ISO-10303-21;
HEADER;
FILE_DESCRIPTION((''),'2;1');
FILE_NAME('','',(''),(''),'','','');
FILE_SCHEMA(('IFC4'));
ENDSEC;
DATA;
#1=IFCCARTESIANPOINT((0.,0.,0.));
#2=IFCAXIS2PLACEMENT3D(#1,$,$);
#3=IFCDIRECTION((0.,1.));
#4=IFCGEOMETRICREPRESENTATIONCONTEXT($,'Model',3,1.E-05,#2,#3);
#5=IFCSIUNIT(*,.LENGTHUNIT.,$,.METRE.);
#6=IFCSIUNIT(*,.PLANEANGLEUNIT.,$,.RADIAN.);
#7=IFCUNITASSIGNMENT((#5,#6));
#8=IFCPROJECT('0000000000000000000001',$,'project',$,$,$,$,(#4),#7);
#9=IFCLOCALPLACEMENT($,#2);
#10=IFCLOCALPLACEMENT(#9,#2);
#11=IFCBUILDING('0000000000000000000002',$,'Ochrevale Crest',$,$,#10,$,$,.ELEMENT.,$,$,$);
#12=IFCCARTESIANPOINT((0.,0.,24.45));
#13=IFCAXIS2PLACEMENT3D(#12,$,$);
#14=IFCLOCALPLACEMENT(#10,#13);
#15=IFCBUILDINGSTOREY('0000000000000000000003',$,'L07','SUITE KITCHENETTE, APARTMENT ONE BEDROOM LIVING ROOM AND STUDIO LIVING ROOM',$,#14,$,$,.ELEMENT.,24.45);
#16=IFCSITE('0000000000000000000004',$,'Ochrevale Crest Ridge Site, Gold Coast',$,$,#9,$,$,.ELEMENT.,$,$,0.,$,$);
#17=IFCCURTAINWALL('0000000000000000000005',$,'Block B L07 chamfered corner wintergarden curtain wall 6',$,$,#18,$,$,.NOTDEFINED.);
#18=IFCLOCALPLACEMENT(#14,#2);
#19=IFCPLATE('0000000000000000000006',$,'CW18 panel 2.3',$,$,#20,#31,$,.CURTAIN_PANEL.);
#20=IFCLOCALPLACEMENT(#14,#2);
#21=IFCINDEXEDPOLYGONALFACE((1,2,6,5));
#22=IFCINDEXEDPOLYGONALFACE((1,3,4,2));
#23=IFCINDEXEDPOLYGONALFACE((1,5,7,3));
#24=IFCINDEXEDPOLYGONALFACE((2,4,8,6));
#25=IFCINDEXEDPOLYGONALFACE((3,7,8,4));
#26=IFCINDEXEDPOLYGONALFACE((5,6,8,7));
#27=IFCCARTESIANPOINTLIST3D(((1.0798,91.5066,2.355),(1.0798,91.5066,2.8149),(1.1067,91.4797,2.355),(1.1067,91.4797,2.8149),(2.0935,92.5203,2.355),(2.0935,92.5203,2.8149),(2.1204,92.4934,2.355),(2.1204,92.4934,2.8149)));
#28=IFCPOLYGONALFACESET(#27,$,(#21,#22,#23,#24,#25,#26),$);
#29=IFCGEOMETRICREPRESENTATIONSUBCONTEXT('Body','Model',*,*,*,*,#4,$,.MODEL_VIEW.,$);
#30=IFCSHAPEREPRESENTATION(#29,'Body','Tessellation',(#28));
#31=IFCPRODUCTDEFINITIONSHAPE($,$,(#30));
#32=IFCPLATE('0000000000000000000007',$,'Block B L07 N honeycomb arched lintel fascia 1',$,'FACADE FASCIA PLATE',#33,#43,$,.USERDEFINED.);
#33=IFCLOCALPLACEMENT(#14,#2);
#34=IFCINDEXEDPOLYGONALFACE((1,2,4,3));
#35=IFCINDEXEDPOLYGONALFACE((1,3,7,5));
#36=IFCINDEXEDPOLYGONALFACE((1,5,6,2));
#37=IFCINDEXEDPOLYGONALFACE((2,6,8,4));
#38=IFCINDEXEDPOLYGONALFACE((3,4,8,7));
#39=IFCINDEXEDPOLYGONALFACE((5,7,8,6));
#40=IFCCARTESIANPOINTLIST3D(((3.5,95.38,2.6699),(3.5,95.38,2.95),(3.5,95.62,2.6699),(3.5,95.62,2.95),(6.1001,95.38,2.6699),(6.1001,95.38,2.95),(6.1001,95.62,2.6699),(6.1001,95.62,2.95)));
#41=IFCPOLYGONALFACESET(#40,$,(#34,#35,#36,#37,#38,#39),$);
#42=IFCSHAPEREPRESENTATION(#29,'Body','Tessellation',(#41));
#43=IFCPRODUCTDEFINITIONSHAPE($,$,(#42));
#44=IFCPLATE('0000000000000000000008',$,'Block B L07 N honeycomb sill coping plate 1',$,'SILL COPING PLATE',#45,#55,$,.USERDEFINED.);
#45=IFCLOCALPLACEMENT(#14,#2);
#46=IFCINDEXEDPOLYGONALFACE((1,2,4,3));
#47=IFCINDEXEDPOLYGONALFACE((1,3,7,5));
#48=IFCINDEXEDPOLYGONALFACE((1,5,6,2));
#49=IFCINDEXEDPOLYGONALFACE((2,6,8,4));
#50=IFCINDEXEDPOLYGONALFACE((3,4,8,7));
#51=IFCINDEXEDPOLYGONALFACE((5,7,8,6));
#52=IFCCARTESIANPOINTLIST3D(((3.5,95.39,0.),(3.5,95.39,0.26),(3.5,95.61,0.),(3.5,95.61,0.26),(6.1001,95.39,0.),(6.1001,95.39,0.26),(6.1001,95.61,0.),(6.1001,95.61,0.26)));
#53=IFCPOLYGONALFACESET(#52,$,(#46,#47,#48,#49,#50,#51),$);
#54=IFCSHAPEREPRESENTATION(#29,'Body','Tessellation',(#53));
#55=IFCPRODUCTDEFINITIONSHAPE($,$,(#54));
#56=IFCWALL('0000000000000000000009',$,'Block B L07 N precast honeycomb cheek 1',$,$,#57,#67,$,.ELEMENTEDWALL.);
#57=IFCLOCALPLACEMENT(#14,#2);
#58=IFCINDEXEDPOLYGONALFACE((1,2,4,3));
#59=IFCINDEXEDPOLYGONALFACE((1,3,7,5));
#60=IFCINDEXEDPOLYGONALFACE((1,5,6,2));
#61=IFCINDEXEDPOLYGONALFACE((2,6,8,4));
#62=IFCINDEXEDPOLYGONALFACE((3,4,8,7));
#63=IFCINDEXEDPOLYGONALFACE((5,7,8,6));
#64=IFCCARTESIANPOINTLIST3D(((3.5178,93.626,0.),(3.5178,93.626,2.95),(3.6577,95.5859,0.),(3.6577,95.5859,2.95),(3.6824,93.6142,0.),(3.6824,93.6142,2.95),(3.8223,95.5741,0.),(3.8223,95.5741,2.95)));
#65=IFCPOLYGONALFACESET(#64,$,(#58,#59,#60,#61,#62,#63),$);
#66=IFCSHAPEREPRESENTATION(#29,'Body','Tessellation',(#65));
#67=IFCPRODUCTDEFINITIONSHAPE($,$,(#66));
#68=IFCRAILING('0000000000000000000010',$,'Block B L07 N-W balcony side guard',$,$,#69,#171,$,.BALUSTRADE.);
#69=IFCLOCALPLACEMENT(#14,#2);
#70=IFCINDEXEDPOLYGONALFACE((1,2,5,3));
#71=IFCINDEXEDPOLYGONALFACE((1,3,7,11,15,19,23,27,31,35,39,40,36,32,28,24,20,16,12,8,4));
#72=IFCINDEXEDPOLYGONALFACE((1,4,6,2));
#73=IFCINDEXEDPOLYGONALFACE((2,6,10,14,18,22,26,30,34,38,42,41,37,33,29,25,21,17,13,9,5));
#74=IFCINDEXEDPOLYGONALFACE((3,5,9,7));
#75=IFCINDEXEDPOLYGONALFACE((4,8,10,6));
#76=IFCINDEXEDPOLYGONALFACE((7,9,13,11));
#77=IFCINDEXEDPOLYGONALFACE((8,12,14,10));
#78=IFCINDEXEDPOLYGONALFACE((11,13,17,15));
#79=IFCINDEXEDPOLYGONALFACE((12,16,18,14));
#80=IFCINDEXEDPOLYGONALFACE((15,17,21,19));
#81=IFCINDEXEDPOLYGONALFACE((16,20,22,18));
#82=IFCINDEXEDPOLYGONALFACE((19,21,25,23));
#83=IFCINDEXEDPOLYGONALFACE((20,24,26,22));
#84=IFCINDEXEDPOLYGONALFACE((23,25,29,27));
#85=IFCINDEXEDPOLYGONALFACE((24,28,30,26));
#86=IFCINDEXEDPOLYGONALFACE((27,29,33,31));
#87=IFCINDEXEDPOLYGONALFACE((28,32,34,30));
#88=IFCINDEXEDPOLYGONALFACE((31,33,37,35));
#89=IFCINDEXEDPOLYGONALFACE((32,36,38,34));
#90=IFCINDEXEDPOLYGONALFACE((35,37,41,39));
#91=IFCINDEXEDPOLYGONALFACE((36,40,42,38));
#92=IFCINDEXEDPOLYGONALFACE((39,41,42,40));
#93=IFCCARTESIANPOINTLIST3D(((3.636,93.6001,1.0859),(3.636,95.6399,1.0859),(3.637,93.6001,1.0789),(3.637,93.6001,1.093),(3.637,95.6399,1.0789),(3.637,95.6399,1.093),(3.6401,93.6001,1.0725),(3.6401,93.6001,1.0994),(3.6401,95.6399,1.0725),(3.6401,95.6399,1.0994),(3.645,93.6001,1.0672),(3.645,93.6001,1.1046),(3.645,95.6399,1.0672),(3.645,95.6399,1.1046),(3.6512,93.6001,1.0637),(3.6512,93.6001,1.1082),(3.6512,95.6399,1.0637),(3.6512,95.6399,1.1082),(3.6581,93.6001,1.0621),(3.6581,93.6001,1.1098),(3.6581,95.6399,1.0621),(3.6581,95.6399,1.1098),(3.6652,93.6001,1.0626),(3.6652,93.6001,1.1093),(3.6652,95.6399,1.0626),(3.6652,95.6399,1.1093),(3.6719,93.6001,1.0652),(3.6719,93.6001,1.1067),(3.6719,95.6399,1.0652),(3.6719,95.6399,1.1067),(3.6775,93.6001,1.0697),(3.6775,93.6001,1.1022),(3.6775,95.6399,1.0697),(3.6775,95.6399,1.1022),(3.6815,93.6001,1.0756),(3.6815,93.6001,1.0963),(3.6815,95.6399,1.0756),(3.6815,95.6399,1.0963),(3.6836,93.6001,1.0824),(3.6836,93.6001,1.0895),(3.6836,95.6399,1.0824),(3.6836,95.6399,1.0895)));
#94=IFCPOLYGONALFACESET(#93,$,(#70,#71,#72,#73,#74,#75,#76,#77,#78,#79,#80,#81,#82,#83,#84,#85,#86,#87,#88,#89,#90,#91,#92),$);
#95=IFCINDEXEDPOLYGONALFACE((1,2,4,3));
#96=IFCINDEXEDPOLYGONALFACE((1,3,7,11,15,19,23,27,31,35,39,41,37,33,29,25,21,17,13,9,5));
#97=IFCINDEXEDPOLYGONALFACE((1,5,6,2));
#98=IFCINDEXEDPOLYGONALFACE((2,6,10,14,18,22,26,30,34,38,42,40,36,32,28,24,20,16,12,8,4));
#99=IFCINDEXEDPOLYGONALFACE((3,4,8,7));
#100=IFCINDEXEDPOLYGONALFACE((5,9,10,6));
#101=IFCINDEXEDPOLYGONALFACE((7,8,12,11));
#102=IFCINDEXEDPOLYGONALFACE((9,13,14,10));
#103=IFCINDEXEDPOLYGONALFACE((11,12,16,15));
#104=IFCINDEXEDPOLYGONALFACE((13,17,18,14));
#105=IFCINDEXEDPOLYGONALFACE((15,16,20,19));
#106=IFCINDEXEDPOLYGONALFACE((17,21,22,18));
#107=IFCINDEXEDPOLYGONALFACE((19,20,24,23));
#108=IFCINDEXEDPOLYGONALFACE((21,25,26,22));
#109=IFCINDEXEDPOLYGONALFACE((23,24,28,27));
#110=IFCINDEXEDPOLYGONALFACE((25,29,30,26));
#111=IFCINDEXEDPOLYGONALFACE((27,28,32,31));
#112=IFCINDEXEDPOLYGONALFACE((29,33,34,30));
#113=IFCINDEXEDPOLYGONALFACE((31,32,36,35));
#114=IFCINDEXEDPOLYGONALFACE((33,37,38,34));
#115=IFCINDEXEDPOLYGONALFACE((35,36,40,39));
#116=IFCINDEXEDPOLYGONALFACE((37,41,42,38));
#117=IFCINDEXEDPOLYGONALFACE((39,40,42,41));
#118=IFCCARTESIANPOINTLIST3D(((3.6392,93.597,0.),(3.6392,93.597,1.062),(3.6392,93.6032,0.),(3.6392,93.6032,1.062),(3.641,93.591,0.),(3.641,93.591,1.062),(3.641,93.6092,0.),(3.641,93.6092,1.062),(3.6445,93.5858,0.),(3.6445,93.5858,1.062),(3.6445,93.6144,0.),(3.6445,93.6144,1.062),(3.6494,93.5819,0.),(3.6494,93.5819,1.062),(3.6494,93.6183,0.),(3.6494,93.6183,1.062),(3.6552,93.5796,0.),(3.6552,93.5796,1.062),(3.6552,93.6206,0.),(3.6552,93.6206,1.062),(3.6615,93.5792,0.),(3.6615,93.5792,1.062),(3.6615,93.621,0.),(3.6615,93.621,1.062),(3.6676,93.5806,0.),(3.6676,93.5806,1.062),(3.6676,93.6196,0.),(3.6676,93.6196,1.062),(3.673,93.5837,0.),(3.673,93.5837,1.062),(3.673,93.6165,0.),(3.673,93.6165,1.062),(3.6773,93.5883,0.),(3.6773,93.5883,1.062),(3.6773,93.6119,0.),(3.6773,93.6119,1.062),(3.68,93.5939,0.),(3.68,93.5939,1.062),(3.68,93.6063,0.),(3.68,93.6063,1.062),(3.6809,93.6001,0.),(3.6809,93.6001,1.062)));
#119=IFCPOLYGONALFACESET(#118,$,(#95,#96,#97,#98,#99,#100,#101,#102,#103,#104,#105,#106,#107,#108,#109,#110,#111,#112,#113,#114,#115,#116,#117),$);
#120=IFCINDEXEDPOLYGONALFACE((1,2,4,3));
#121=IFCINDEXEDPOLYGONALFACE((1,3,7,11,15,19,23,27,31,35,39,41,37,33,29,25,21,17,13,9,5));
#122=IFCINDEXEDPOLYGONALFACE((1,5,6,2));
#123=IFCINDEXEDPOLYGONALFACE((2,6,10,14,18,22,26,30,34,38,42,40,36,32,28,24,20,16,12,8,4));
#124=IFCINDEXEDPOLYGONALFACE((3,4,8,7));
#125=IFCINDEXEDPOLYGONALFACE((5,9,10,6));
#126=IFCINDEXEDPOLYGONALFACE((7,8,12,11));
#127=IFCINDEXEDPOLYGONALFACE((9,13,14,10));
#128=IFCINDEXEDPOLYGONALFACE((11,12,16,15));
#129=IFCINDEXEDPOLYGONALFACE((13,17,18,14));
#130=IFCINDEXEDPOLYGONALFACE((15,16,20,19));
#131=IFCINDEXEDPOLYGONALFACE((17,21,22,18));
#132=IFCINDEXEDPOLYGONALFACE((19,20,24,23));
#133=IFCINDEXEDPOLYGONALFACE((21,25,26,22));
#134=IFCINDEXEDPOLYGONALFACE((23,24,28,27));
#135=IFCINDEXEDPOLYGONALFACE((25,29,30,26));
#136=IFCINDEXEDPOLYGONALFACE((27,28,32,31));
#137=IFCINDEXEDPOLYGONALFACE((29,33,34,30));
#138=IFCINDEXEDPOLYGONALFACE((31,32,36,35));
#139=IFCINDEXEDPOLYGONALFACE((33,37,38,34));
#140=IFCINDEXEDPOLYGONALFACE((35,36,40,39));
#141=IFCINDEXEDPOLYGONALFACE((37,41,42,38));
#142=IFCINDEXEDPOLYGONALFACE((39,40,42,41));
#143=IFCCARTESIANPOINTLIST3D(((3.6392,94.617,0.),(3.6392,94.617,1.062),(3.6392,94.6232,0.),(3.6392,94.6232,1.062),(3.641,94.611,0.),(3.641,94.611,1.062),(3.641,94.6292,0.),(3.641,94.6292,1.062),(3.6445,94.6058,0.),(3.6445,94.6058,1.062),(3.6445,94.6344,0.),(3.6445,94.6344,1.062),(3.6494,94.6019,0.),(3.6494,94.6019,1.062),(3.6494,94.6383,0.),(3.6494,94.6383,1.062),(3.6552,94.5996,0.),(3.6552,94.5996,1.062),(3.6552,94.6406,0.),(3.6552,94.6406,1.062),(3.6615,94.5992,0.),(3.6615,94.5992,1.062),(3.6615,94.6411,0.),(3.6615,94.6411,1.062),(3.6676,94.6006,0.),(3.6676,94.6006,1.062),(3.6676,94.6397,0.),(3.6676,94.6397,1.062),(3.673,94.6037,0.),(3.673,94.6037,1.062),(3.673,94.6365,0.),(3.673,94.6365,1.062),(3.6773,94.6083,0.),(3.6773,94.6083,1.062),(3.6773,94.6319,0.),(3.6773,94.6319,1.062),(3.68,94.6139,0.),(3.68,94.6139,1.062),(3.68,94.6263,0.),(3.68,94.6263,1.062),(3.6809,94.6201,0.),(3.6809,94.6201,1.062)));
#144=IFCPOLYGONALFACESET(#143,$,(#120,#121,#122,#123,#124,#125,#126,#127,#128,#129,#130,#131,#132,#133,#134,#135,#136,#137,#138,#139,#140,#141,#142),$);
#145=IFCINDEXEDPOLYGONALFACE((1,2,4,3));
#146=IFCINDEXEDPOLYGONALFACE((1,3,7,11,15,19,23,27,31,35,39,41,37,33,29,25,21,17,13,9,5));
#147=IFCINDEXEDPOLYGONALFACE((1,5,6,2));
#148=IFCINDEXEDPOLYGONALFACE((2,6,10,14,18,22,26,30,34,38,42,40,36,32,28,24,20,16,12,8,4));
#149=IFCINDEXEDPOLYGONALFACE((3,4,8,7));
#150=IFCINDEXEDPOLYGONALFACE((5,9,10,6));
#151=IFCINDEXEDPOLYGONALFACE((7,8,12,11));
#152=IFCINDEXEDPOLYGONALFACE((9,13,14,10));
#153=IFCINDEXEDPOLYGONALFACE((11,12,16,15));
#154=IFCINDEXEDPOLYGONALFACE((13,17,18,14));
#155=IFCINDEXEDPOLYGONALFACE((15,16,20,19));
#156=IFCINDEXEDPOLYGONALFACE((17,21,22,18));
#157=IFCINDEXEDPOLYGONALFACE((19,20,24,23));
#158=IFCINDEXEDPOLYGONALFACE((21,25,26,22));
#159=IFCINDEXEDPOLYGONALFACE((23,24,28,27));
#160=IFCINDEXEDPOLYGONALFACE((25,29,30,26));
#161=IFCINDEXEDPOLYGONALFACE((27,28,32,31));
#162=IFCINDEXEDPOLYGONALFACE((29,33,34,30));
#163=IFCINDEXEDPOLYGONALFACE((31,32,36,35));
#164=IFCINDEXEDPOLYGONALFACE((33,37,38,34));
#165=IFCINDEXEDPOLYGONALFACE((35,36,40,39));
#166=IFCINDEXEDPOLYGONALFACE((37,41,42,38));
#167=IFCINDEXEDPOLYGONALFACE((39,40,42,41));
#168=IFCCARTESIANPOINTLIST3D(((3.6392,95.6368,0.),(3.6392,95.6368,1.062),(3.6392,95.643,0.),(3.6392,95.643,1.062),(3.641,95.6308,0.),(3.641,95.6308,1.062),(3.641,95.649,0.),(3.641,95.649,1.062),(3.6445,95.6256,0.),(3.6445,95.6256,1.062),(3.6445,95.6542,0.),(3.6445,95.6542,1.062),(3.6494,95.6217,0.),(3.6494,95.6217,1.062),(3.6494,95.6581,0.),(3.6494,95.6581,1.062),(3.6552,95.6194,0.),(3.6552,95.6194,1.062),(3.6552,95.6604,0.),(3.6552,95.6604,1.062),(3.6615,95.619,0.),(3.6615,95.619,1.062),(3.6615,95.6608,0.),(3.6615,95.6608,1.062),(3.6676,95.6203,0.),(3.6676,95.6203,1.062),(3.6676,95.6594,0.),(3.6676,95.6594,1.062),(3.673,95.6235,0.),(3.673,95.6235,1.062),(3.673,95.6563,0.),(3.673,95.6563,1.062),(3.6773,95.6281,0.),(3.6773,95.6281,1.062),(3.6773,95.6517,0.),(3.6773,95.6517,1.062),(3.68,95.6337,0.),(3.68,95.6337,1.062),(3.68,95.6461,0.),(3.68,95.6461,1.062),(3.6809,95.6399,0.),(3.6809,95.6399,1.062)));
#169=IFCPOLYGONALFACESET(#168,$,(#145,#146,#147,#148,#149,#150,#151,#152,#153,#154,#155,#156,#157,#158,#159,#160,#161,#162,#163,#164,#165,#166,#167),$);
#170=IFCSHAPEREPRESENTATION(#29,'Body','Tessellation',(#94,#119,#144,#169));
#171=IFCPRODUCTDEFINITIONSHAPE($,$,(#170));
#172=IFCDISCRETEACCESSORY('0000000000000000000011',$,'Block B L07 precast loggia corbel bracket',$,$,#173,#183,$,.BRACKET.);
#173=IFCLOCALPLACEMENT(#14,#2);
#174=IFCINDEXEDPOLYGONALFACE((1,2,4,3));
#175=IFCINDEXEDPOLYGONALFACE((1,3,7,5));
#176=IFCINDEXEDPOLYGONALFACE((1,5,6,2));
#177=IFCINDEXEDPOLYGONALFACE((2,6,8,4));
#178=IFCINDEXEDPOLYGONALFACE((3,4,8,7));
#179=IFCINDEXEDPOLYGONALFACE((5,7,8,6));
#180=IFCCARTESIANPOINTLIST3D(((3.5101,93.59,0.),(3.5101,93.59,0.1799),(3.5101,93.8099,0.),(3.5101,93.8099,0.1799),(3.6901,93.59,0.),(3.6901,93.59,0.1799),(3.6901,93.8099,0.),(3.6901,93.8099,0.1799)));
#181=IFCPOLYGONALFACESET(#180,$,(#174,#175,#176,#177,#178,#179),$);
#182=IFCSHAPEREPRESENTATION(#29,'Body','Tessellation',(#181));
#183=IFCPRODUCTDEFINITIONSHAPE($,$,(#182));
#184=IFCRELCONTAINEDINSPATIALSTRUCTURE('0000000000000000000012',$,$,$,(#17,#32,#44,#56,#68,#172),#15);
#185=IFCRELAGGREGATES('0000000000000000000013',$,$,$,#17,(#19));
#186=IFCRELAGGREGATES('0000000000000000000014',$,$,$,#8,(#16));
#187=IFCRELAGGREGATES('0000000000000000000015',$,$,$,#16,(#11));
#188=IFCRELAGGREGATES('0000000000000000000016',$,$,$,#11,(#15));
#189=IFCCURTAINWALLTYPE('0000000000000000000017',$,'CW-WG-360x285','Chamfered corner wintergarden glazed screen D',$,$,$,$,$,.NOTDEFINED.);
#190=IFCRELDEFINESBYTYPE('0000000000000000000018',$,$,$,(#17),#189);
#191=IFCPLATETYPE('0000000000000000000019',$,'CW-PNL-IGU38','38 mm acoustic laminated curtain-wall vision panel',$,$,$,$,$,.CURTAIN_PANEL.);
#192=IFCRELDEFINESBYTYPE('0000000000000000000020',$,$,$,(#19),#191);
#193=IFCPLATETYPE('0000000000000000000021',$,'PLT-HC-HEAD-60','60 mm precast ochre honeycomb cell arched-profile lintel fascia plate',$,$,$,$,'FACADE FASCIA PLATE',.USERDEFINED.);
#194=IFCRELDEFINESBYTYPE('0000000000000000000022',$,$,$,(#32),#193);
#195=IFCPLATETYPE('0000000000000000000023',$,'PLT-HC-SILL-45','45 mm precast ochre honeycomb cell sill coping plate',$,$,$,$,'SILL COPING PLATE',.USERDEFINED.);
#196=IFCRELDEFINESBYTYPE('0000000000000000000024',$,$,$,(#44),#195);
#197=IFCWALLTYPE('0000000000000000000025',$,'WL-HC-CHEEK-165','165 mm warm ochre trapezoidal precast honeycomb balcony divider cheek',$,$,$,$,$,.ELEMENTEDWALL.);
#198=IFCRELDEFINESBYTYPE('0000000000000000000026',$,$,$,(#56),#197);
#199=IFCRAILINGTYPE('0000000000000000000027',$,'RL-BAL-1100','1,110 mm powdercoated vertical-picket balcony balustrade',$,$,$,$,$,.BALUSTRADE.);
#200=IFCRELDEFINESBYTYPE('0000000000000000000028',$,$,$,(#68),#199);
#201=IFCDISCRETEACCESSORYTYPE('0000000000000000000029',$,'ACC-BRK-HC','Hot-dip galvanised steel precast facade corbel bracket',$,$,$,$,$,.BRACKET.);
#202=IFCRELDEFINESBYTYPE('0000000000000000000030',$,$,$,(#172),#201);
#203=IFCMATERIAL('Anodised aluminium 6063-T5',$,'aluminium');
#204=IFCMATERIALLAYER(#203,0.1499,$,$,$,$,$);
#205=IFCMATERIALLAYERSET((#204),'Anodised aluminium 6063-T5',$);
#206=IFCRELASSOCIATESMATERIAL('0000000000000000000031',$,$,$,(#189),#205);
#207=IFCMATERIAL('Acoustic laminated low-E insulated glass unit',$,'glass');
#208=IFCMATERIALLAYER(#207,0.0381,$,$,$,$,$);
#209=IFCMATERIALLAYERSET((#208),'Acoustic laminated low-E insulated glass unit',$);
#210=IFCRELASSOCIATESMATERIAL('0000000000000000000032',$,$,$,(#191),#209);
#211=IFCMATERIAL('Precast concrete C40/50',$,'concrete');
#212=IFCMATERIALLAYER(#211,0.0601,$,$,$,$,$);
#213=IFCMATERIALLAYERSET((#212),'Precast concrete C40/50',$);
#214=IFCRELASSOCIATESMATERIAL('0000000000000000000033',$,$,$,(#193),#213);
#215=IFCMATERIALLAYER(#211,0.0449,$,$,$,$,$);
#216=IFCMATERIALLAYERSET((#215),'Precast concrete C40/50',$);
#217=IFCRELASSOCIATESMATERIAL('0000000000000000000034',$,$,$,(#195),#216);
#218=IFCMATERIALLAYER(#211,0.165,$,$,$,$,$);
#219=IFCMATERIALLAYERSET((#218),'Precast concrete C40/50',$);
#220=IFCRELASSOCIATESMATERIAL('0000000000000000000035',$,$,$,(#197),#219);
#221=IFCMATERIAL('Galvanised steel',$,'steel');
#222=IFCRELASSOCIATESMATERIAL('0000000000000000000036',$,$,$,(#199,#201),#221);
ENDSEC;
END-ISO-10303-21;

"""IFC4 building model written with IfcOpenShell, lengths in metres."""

from ifc_helpers import new_model, si_unit, direction, frame, frame_2d, origin, origin_2d, place, context, subcontext, project, spatial, rectangle, circle, extrude, material, layer, layer_set, type_object, element, aggregate, save


model = new_model("IFC4")

# Units and contexts
model_context = context("Model", 3, precision=1e-05, world=origin(), true_north=direction((0.0, 1.0)))
body_context = subcontext(model_context, "Body", "Model", "MODEL_VIEW")
ifc_project = project(units=[si_unit("LENGTHUNIT", "METRE"), si_unit("PLANEANGLEUNIT", "RADIAN")], contexts=[model_context])

# Site, building, storey
site_placement = place(None, origin())
site = spatial("IfcSite", under=ifc_project, at=site_placement, Name="Ochrevale Crest Ridge Site, Gold Coast", CompositionType="ELEMENT", RefElevation=0.0)
building_placement = place(site_placement, origin())
building = spatial("IfcBuilding", under=site, at=building_placement, Name="Ochrevale Crest", CompositionType="ELEMENT")
storey_placement = place(building_placement, frame((0.0, 0.0, 24.45)))
storey = spatial("IfcBuildingStorey", under=building, at=storey_placement, Name="L07", Description="SUITE KITCHENETTE, APARTMENT ONE BEDROOM LIVING ROOM AND STUDIO LIVING ROOM", CompositionType="ELEMENT", Elevation=24.45)

# Curtain wall, plate
ifc_material_1 = material(Name="Anodised aluminium 6063-T5", Category="aluminium")
ifc_layer_1 = layer(ifc_material_1, 0.1499)
ifc_layer_set_1 = layer_set([ifc_layer_1], Name="Anodised aluminium 6063-T5")
curtain_wall_type = type_object("IfcCurtainWallType", Name="CW-WG-360x285", Description="Chamfered corner wintergarden glazed screen D", PredefinedType="NOTDEFINED", material=ifc_layer_set_1)
curtain_wall_placement = place(storey_placement, origin())
curtain_wall = element("IfcCurtainWall", 1, at=curtain_wall_placement, inside=storey, type_object=curtain_wall_type, Name="Block B L07 chamfered corner wintergarden curtain wall 6", PredefinedType="NOTDEFINED")
ifc_material_2 = material(Name="Acoustic laminated low-E insulated glass unit", Category="glass")
ifc_layer_2 = layer(ifc_material_2, 0.0381)
ifc_layer_set_2 = layer_set([ifc_layer_2], Name="Acoustic laminated low-E insulated glass unit")
plate_type_1 = type_object("IfcPlateType", Name="CW-PNL-IGU38", Description="38 mm acoustic laminated curtain-wall vision panel", PredefinedType="CURTAIN_PANEL", material=ifc_layer_set_2)
plate_1_placement = place(storey_placement, frame((1.6001, 92.0, 2.355), z_axis=(0.0, 0.0, 1.0), x_axis=(-0.707107, -0.707107, 0.0)))
plate_1 = element("IfcPlate", 2, at=plate_1_placement, type_object=plate_type_1, Name="CW18 panel 2.3", PredefinedType="CURTAIN_PANEL", context=body_context, shape_type="SweptSolid", body=[
    extrude(rectangle(XDim=1.4336, YDim=0.0381, at=origin_2d()), origin(), (0.0, 0.0, 1.0), 0.46),
])
aggregate(curtain_wall, [plate_1])

# Plates
ifc_material_3 = material(Name="Precast concrete C40/50", Category="concrete")
ifc_layer_3 = layer(ifc_material_3, 0.0601)
ifc_layer_set_3 = layer_set([ifc_layer_3], Name="Precast concrete C40/50")
plate_type_2 = type_object("IfcPlateType", Name="PLT-HC-HEAD-60", Description="60 mm precast ochre honeycomb cell arched-profile lintel fascia plate", ElementType="FACADE FASCIA PLATE", PredefinedType="USERDEFINED", material=ifc_layer_set_3)
plate_2_placement = place(storey_placement, frame((4.8, 95.5, 2.6699), z_axis=(0.0, 0.0, 1.0), x_axis=(1.0, 0.0, 0.0)))
element("IfcPlate", 3, at=plate_2_placement, inside=storey, type_object=plate_type_2, Name="Block B L07 N honeycomb arched lintel fascia 1", ObjectType="FACADE FASCIA PLATE", PredefinedType="USERDEFINED", context=body_context, shape_type="SweptSolid", body=[
    extrude(rectangle(XDim=2.6001, YDim=0.24, at=origin_2d()), origin(), (0.0, 0.0, 1.0), 0.28),
])
ifc_layer_4 = layer(ifc_material_3, 0.0449)
ifc_layer_set_4 = layer_set([ifc_layer_4], Name="Precast concrete C40/50")
plate_type_3 = type_object("IfcPlateType", Name="PLT-HC-SILL-45", Description="45 mm precast ochre honeycomb cell sill coping plate", ElementType="SILL COPING PLATE", PredefinedType="USERDEFINED", material=ifc_layer_set_4)
plate_3_placement = place(storey_placement, frame((4.8, 95.5, 0.0), z_axis=(0.0, 0.0, 1.0), x_axis=(1.0, 0.0, 0.0)))
element("IfcPlate", 4, at=plate_3_placement, inside=storey, type_object=plate_type_3, Name="Block B L07 N honeycomb sill coping plate 1", ObjectType="SILL COPING PLATE", PredefinedType="USERDEFINED", context=body_context, shape_type="SweptSolid", body=[
    extrude(rectangle(XDim=2.6001, YDim=0.22, at=origin_2d()), origin(), (0.0, 0.0, 1.0), 0.26),
])

# Wall
ifc_layer_5 = layer(ifc_material_3, 0.165)
ifc_layer_set_5 = layer_set([ifc_layer_5], Name="Precast concrete C40/50")
wall_type = type_object("IfcWallType", Name="WL-HC-CHEEK-165", Description="165 mm warm ochre trapezoidal precast honeycomb balcony divider cheek", PredefinedType="ELEMENTEDWALL", material=ifc_layer_set_5)
wall_placement = place(storey_placement, frame((3.6001, 93.6201, 0.0), z_axis=(0.0, 0.0, 1.0), x_axis=(0.071194, 0.997462, 0.0)))
element("IfcWall", 5, at=wall_placement, inside=storey, type_object=wall_type, Name="Block B L07 N precast honeycomb cheek 1", PredefinedType="ELEMENTEDWALL", context=body_context, shape_type="SweptSolid", body=[
    extrude(rectangle(XDim=1.9648, YDim=0.165, at=frame_2d((0.9824, 0.0))), origin(), (0.0, 0.0, 1.0), 2.95),
])

# Railing
ifc_material_4 = material(Name="Galvanised steel", Category="steel")
railing_type = type_object("IfcRailingType", Name="RL-BAL-1100", Description="1,110 mm powdercoated vertical-picket balcony balustrade", PredefinedType="BALUSTRADE", material=ifc_material_4)
railing_1_placement = place(storey_placement, frame((3.6599, 93.6001, 0.0)))
element("IfcRailing", 6, at=railing_1_placement, inside=storey, type_object=railing_type, Name="Block B L07 N-W balcony side guard", PredefinedType="BALUSTRADE", context=body_context, shape_type="SweptSolid", body=[
    extrude(circle(Radius=0.0239, at=origin_2d()), frame((0.0, 0.0, 1.0859), z_axis=(0.0, 1.0, 0.0), x_axis=(-1.0, 0.0, 0.0)), (0.0, 0.0, 1.0), 2.0398),
    extrude(circle(Radius=0.021, at=origin_2d()), origin(), (0.0, 0.0, 1.0), 1.062),
    extrude(circle(Radius=0.021, at=origin_2d()), frame((0.0, 1.02, 0.0)), (0.0, 0.0, 1.0), 1.062),
    extrude(circle(Radius=0.021, at=origin_2d()), frame((0.0, 2.0398, 0.0)), (0.0, 0.0, 1.0), 1.062),
])

# Discrete accessory
discrete_accessory_type = type_object("IfcDiscreteAccessoryType", Name="ACC-BRK-HC", Description="Hot-dip galvanised steel precast facade corbel bracket", PredefinedType="BRACKET", material=ifc_material_4)
discrete_accessory_placement = place(storey_placement, frame((3.6001, 93.7, 0.0), z_axis=(0.0, 0.0, 1.0), x_axis=(1.0, 0.0, 0.0)))
element("IfcDiscreteAccessory", 7, at=discrete_accessory_placement, inside=storey, type_object=discrete_accessory_type, Name="Block B L07 precast loggia corbel bracket", PredefinedType="BRACKET", context=body_context, shape_type="SweptSolid", body=[
    extrude(rectangle(XDim=0.1799, YDim=0.22, at=origin_2d()), origin(), (0.0, 0.0, 1.0), 0.1799),
])

save(model, "model.ifc")
